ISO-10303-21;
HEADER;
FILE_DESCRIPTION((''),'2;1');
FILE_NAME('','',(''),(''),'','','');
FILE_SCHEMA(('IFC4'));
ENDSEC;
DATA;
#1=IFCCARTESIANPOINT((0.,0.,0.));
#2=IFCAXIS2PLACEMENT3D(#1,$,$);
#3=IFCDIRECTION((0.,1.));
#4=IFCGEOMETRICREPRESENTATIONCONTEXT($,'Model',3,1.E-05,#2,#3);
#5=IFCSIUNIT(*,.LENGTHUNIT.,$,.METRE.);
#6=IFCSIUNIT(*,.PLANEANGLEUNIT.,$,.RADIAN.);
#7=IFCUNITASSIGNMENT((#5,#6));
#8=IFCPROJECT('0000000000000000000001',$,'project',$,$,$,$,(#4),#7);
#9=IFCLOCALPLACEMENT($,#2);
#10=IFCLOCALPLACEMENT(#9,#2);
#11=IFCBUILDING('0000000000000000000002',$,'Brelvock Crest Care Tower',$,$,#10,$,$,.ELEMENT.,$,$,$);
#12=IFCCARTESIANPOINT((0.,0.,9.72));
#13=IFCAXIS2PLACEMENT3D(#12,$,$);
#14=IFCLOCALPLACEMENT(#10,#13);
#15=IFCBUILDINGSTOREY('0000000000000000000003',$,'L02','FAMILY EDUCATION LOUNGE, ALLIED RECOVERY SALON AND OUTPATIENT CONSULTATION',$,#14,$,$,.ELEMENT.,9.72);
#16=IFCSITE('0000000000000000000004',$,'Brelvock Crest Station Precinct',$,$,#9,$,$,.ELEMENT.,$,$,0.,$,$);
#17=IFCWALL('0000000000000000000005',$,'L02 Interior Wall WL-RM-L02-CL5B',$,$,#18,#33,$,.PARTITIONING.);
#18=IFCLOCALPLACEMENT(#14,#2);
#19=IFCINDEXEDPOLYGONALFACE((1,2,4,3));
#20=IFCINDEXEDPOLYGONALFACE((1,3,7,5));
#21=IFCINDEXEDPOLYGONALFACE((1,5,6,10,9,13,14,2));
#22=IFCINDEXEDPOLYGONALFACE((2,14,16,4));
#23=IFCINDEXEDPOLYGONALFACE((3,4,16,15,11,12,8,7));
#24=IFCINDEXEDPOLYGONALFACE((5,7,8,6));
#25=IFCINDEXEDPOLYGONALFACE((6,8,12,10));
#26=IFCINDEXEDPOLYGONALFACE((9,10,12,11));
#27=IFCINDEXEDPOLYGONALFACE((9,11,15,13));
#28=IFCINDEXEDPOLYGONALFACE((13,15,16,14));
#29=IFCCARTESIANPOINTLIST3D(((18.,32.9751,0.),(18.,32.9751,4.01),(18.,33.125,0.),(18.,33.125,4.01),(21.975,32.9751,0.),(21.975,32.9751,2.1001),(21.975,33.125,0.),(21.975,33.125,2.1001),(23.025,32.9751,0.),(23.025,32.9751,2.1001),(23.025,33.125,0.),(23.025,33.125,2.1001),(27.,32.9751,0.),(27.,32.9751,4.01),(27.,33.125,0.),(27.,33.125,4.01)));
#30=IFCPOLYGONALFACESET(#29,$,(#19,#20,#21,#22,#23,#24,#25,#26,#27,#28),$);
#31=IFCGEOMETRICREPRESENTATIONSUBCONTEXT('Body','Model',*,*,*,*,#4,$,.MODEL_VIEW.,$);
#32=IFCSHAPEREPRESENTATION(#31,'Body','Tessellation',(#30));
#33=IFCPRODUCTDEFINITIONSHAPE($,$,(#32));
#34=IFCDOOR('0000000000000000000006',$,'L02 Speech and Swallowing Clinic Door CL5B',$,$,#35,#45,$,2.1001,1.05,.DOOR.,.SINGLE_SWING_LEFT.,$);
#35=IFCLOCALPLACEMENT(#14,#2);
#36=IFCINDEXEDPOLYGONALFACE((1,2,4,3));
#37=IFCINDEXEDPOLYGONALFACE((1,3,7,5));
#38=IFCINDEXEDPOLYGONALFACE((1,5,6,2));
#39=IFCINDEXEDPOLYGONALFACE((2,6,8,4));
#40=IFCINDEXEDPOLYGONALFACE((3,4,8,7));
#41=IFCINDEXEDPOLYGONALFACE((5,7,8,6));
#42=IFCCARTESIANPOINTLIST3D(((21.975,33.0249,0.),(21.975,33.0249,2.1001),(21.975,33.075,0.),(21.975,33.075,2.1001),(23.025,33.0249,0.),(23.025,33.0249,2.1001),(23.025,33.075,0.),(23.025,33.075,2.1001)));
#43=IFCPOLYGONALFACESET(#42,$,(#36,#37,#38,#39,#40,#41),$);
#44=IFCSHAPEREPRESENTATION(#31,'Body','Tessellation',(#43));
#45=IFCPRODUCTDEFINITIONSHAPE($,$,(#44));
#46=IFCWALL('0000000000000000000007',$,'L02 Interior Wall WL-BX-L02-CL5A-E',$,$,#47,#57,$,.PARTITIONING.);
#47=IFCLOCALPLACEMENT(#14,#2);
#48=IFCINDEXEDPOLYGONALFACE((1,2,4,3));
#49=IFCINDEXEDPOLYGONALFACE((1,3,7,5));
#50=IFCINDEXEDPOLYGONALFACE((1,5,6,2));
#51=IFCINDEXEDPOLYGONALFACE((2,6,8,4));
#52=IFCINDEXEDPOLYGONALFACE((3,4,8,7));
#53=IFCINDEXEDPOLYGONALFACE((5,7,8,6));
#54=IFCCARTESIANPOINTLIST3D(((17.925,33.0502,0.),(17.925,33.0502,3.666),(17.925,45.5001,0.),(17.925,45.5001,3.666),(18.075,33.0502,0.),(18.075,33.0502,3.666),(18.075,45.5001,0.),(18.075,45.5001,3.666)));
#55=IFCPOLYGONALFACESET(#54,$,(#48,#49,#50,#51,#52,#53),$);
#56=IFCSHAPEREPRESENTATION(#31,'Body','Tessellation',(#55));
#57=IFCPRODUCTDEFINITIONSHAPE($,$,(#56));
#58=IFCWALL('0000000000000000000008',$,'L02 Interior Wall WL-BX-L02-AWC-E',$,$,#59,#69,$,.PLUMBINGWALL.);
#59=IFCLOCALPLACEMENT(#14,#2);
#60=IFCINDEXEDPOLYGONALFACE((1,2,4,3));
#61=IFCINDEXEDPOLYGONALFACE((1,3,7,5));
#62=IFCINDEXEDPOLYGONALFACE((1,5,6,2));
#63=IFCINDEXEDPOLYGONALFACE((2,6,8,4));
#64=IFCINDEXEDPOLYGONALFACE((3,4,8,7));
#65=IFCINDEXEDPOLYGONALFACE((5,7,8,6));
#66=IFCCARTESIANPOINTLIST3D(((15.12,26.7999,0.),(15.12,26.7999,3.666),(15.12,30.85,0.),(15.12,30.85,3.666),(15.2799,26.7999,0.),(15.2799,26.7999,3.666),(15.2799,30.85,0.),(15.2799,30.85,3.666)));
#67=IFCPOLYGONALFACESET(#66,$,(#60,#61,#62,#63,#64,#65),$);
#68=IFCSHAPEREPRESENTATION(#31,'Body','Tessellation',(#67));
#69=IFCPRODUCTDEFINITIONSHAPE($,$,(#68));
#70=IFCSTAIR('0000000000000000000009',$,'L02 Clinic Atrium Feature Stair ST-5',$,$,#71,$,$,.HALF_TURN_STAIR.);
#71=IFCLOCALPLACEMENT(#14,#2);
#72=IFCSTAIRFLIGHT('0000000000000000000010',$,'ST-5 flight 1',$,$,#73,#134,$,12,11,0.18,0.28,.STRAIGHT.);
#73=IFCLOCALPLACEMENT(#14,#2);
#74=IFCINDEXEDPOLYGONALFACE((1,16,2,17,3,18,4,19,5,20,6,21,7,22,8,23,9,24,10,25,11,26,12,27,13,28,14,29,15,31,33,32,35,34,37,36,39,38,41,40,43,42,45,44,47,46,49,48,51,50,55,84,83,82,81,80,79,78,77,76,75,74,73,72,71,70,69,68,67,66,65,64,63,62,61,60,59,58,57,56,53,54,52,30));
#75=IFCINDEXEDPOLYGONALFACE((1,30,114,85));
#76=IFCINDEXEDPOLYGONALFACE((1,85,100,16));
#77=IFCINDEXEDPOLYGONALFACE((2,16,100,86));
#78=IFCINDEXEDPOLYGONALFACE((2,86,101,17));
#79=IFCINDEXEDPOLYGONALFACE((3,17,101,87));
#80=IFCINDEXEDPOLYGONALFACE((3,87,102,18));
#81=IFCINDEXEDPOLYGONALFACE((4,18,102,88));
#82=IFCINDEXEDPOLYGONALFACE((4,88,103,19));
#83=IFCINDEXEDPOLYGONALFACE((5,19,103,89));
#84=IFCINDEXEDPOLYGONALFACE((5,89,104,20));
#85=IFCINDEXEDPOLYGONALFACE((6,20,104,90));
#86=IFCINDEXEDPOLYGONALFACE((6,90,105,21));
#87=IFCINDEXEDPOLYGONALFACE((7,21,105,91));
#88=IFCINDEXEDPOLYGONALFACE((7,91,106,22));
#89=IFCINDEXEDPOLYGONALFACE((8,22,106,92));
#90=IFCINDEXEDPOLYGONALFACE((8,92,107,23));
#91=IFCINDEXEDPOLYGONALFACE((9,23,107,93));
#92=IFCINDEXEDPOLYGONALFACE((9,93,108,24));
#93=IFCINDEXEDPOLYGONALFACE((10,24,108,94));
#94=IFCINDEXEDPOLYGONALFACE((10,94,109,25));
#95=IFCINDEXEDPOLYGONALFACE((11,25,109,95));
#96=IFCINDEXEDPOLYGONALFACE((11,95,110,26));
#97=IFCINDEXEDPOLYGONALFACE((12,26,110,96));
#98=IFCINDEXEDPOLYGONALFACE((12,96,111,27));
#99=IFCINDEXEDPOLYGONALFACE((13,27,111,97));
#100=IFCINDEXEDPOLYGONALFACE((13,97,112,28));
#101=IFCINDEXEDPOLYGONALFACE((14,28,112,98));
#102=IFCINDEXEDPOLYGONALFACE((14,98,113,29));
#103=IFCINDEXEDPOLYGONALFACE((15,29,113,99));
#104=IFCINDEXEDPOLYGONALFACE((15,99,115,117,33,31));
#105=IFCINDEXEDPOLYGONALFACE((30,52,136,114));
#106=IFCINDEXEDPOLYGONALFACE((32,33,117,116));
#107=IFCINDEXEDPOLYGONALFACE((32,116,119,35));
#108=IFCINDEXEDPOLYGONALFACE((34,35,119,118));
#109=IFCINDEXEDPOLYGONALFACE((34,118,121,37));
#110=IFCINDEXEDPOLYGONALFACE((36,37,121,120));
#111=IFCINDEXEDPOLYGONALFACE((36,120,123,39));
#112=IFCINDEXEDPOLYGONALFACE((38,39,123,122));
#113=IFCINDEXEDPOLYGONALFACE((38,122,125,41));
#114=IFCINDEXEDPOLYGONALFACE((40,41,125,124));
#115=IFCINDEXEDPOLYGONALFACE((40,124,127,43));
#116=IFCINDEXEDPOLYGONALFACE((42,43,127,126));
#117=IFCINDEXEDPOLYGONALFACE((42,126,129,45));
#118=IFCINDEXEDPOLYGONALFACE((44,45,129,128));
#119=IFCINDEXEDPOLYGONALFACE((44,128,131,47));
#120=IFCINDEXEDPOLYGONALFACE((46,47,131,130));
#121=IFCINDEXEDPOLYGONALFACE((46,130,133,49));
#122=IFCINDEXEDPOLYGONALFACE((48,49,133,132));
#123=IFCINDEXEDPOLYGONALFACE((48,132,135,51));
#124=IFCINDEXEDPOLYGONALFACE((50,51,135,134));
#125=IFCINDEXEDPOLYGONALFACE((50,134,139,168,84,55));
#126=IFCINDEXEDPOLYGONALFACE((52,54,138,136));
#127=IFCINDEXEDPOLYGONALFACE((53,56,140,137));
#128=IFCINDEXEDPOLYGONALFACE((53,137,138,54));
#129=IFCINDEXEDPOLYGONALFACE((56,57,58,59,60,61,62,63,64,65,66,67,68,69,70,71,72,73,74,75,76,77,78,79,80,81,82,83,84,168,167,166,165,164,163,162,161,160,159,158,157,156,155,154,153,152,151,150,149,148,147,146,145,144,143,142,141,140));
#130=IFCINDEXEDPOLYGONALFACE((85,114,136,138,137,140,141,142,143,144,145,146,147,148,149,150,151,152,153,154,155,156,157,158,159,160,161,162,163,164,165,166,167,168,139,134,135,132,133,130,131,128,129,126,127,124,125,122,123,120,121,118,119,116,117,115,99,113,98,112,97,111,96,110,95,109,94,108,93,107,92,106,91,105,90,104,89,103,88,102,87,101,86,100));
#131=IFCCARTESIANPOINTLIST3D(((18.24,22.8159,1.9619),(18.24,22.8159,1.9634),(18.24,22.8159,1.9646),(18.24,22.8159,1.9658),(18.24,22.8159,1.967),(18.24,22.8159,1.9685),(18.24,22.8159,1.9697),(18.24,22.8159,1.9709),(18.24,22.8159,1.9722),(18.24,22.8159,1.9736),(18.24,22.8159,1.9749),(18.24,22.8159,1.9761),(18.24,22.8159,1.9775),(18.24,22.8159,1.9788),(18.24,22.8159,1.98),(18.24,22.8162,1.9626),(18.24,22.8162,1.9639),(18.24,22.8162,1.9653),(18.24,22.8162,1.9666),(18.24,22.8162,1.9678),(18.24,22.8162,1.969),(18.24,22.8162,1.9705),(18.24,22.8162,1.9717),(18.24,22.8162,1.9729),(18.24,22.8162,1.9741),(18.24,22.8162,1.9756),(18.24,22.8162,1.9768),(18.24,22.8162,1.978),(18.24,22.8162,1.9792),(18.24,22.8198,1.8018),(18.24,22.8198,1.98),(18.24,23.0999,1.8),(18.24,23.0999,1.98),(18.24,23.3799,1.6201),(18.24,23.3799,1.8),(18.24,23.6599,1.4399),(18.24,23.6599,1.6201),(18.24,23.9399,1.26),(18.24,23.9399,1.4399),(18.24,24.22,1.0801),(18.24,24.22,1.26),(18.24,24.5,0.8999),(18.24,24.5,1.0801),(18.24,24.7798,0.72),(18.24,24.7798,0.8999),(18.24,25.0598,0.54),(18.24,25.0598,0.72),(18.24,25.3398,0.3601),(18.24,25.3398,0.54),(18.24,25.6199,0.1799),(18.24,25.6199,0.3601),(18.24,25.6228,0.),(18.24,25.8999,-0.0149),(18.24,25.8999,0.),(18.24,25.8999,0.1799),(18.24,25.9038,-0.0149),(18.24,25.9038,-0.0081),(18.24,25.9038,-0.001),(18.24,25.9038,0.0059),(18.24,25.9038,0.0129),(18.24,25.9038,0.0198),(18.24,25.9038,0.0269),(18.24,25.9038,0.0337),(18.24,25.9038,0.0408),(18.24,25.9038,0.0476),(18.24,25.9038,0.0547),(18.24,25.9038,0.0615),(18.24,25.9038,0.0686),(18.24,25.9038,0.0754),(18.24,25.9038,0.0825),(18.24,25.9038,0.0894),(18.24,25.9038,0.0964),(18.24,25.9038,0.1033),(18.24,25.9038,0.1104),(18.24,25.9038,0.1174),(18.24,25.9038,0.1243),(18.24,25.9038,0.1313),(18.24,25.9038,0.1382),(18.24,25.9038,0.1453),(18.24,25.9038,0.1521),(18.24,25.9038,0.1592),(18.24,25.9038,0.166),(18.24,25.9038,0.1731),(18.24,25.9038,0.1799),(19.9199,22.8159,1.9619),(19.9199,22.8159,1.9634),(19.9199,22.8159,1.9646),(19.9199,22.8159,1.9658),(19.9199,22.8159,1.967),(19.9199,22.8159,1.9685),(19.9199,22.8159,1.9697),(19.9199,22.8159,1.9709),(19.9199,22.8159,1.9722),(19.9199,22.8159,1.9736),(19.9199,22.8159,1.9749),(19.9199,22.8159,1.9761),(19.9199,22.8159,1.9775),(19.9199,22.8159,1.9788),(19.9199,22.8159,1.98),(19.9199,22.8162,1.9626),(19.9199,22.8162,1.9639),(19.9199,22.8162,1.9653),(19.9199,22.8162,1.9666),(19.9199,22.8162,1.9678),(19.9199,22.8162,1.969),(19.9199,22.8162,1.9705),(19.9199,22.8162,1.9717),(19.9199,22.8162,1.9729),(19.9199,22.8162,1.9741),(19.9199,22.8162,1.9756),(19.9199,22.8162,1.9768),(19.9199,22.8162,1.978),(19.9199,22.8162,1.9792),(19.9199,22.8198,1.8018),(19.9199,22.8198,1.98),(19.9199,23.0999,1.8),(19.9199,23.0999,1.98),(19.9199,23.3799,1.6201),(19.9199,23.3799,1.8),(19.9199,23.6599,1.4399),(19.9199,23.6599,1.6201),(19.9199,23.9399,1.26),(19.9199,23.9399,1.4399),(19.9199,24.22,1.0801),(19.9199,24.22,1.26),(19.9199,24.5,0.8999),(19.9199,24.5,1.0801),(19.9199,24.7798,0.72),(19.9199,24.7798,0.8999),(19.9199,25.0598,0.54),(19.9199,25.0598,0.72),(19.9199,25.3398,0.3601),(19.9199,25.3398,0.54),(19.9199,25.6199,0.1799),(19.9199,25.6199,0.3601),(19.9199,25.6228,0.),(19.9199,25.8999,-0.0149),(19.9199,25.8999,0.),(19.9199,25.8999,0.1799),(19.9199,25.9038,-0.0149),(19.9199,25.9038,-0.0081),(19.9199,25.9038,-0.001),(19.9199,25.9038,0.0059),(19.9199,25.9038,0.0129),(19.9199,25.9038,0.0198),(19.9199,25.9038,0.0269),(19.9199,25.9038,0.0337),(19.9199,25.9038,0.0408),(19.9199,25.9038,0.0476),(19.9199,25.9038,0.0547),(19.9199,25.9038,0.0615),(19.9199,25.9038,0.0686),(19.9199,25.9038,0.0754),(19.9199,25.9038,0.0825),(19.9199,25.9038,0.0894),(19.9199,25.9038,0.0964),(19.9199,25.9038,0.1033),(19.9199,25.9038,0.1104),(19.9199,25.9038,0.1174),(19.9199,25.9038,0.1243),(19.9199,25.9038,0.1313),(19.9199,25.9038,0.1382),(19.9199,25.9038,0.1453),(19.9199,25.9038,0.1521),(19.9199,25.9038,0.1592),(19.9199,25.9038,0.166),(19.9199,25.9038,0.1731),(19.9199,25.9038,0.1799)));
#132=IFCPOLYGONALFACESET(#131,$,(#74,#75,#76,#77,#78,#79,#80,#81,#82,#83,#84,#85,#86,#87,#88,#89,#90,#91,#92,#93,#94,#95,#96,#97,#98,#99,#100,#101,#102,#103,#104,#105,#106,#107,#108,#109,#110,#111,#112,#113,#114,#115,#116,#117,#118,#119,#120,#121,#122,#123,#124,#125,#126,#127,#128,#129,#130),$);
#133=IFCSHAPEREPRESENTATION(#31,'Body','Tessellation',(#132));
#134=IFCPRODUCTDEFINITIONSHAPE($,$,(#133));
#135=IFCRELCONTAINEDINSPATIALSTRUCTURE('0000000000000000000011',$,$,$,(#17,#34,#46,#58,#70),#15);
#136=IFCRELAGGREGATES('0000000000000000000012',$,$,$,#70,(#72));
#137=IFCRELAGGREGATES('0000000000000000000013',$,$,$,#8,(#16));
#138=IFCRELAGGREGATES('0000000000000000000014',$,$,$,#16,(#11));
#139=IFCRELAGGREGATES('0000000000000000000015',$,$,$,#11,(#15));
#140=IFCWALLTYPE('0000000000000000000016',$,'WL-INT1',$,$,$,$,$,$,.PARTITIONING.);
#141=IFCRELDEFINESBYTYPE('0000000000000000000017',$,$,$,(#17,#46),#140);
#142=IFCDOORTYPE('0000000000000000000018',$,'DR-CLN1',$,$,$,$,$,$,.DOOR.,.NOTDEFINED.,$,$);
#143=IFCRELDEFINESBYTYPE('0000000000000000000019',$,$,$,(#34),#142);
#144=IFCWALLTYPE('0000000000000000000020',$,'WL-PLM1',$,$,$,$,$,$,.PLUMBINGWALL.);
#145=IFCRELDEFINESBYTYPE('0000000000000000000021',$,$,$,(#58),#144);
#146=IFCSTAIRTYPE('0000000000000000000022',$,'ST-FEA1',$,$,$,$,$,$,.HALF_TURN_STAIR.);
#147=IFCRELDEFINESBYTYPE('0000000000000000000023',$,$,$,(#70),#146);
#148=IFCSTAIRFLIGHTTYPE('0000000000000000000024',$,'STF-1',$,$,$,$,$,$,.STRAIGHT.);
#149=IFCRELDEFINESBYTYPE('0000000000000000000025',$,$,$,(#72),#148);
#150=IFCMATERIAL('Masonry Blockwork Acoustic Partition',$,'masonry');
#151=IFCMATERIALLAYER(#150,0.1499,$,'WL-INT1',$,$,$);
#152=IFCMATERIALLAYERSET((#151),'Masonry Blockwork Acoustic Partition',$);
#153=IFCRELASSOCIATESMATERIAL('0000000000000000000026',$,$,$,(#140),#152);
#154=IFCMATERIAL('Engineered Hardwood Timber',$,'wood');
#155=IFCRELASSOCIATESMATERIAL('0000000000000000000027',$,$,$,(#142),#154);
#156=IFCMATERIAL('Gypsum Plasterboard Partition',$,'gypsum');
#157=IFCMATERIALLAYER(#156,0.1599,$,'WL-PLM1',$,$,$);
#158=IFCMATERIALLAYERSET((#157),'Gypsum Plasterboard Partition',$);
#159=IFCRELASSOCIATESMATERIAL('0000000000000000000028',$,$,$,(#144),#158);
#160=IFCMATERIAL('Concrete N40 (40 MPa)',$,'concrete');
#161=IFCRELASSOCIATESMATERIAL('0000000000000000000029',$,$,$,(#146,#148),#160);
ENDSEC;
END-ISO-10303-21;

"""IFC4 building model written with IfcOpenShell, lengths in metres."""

from ifc_helpers import new_model, si_unit, direction, frame, frame_2d, origin, origin_2d, place, context, subcontext, project, spatial, polyline, rectangle, outline, extrude, source, transform, mapped, material, layer, layer_set, type_object, element, fill, aggregate, save


model = new_model("IFC4")

# Units and contexts
model_context = context("Model", 3, precision=1e-05, world=origin(), true_north=direction((0.0, 1.0)))
body_context = subcontext(model_context, "Body", "Model", "MODEL_VIEW")
ifc_project = project(units=[si_unit("LENGTHUNIT", "METRE"), si_unit("PLANEANGLEUNIT", "RADIAN")], contexts=[model_context])

# Site, building, storey
site_placement = place(None, origin())
site = spatial("IfcSite", under=ifc_project, at=site_placement, Name="Brelvock Crest Station Precinct", CompositionType="ELEMENT", RefElevation=0.0)
building_placement = place(site_placement, origin())
building = spatial("IfcBuilding", under=site, at=building_placement, Name="Brelvock Crest Care Tower", CompositionType="ELEMENT")
storey_placement = place(building_placement, frame((0.0, 0.0, 9.72)))
storey = spatial("IfcBuildingStorey", under=building, at=storey_placement, Name="L02", Description="FAMILY EDUCATION LOUNGE, ALLIED RECOVERY SALON AND OUTPATIENT CONSULTATION", CompositionType="ELEMENT", Elevation=9.72)

# Shared definitions
ifc_material_1 = material(Name="Masonry Blockwork Acoustic Partition", Category="masonry")
ifc_layer_1 = layer(ifc_material_1, 0.1499, Name="WL-INT1")
ifc_layer_set_1 = layer_set([ifc_layer_1], Name="Masonry Blockwork Acoustic Partition")
wall_type_1 = type_object("IfcWallType", Name="WL-INT1", PredefinedType="PARTITIONING", material=ifc_layer_set_1)

# Wall, opening, door
wall_1_placement = place(storey_placement, frame((18.0, 33.05, 0.0), z_axis=(0.0, 0.0, 1.0), x_axis=(1.0, 0.0, 0.0)))
wall_1 = element("IfcWall", 1, at=wall_1_placement, inside=storey, type_object=wall_type_1, Name="L02 Interior Wall WL-RM-L02-CL5B", PredefinedType="PARTITIONING", context=body_context, shape_type="SweptSolid", body=[
    extrude(rectangle(XDim=9.0, YDim=0.1499, at=frame_2d((4.5, 0.0))), origin(), (0.0, 0.0, 1.0), 4.01),
])
opening_placement = place(wall_1_placement, frame((3.9751, 0.0, 0.0)))
opening = element("IfcOpeningElement", 2, at=opening_placement, cuts=wall_1, PredefinedType="OPENING", context=body_context, shape_type="SweptSolid", body=[
    extrude(rectangle(XDim=1.05, YDim=2.1001, at=origin_2d()), frame((0.5249, 0.085, 1.05), z_axis=(0.0, -1.0, 0.0), x_axis=(1.0, 0.0, 0.0)), (0.0, 0.0, 1.0), 0.1699),
])
ifc_material_2 = material(Name="Engineered Hardwood Timber", Category="wood")
door_type = type_object("IfcDoorType", Name="DR-CLN1", OperationType="NOTDEFINED", PredefinedType="DOOR", material=ifc_material_2)
shared_shape_1 = source(origin(), body_context, "Body", "SweptSolid", [
    extrude(rectangle(XDim=1.05, YDim=2.1001, at=origin_2d()), frame((0.5249, 0.0249, 1.05), z_axis=(0.0, -1.0, 0.0), x_axis=(1.0, 0.0, 0.0)), (0.0, 0.0, 1.0), 0.05),
])
door_placement = place(opening_placement, origin())
door = element("IfcDoor", 3, at=door_placement, inside=storey, type_object=door_type, Name="L02 Speech and Swallowing Clinic Door CL5B", OperationType="SINGLE_SWING_LEFT", OverallHeight=2.1001, OverallWidth=1.05, PredefinedType="DOOR", context=body_context, shape_type="MappedRepresentation", body=[
    mapped(shared_shape_1, transform((0.0, 0.0, 0.0), x_axis=(1.0, 0.0, 0.0), y_axis=(0.0, 1.0, 0.0), z_axis=(0.0, 0.0, 1.0), scale=1.0)),
])
fill(opening, door)

# Walls
wall_2_placement = place(storey_placement, frame((18.0, 33.05, 0.0), z_axis=(0.0, 0.0, 1.0), x_axis=(0.0, 1.0, 0.0)))
element("IfcWall", 4, at=wall_2_placement, inside=storey, type_object=wall_type_1, Name="L02 Interior Wall WL-BX-L02-CL5A-E", PredefinedType="PARTITIONING", context=body_context, shape_type="SweptSolid", body=[
    extrude(rectangle(XDim=12.45, YDim=0.1499, at=frame_2d((6.2251, 0.0))), origin(), (0.0, 0.0, 1.0), 3.666),
])
ifc_material_3 = material(Name="Gypsum Plasterboard Partition", Category="gypsum")
ifc_layer_2 = layer(ifc_material_3, 0.1599, Name="WL-PLM1")
ifc_layer_set_2 = layer_set([ifc_layer_2], Name="Gypsum Plasterboard Partition")
wall_type_2 = type_object("IfcWallType", Name="WL-PLM1", PredefinedType="PLUMBINGWALL", material=ifc_layer_set_2)
wall_3_placement = place(storey_placement, frame((15.2, 26.8, 0.0), z_axis=(0.0, 0.0, 1.0), x_axis=(0.0, 1.0, 0.0)))
element("IfcWall", 5, at=wall_3_placement, inside=storey, type_object=wall_type_2, Name="L02 Interior Wall WL-BX-L02-AWC-E", PredefinedType="PLUMBINGWALL", context=body_context, shape_type="SweptSolid", body=[
    extrude(rectangle(XDim=4.05, YDim=0.1599, at=frame_2d((2.0249, 0.0))), origin(), (0.0, 0.0, 1.0), 3.666),
])

# Stair, stair flight
ifc_material_4 = material(Name="Concrete N40 (40 MPa)", Category="concrete")
stair_type = type_object("IfcStairType", Name="ST-FEA1", PredefinedType="HALF_TURN_STAIR", material=ifc_material_4)
stair_placement = place(storey_placement, origin())
stair = element("IfcStair", 6, at=stair_placement, inside=storey, type_object=stair_type, Name="L02 Clinic Atrium Feature Stair ST-5", PredefinedType="HALF_TURN_STAIR")
stair_flight_type = type_object("IfcStairFlightType", Name="STF-1", PredefinedType="STRAIGHT", material=ifc_material_4)
stair_flight_placement = place(storey_placement, frame((19.0801, 25.8999, 0.0), z_axis=(0.0, 0.0, 1.0), x_axis=(0.0, -1.0, 0.0)))
stair_flight = element("IfcStairFlight", 7, at=stair_flight_placement, type_object=stair_flight_type, Name="ST-5 flight 1", NumberOfRisers=12, NumberOfTreads=11, PredefinedType="STRAIGHT", RiserHeight=0.18, TreadLength=0.28, context=body_context, shape_type="SweptSolid", body=[
    extrude(outline(polyline([(-0.0039, -0.0149), (-0.0039, -0.0081), (-0.0039, -0.001), (-0.0039, 0.0059), (-0.0039, 0.0129), (-0.0039, 0.0198), (-0.0039, 0.0269), (-0.0039, 0.0337), (-0.0039, 0.0408), (-0.0039, 0.0476), (-0.0039, 0.0547), (-0.0039, 0.0615), (-0.0039, 0.0686), (-0.0039, 0.0754), (-0.0039, 0.0825), (-0.0039, 0.0894), (-0.0039, 0.0964), (-0.0039, 0.1033), (-0.0039, 0.1104), (-0.0039, 0.1174), (-0.0039, 0.1243), (-0.0039, 0.1313), (-0.0039, 0.1382), (-0.0039, 0.1453), (-0.0039, 0.1521), (-0.0039, 0.1592), (-0.0039, 0.166), (-0.0039, 0.1731), (-0.0039, 0.1799), (0.0, 0.1799), (0.28, 0.1799), (0.28, 0.3601), (0.5601, 0.3601), (0.5601, 0.54), (0.8401, 0.54), (0.8401, 0.72), (1.1201, 0.72), (1.1201, 0.8999), (1.3999, 0.8999), (1.3999, 1.0801), (1.6799, 1.0801), (1.6799, 1.26), (1.96, 1.26), (1.96, 1.4399), (2.24, 1.4399), (2.24, 1.6201), (2.52, 1.6201), (2.52, 1.8), (2.8, 1.8), (2.8, 1.98), (3.0801, 1.98), (3.084, 1.98), (3.0837, 1.9792), (3.084, 1.9788), (3.0837, 1.978), (3.084, 1.9775), (3.0837, 1.9768), (3.084, 1.9761), (3.0837, 1.9756), (3.084, 1.9749), (3.0837, 1.9741), (3.084, 1.9736), (3.0837, 1.9729), (3.084, 1.9722), (3.0837, 1.9717), (3.084, 1.9709), (3.0837, 1.9705), (3.084, 1.9697), (3.0837, 1.969), (3.084, 1.9685), (3.0837, 1.9678), (3.084, 1.967), (3.0837, 1.9666), (3.084, 1.9658), (3.0837, 1.9653), (3.084, 1.9646), (3.0837, 1.9639), (3.084, 1.9634), (3.0837, 1.9626), (3.084, 1.9619), (3.0801, 1.8018), (0.2771, 0.0), (0.0, 0.0), (0.0, -0.0149), (-0.0039, -0.0149)])), frame((0.0, 0.8398, 0.0), z_axis=(0.0, -1.0, 0.0), x_axis=(1.0, 0.0, 0.0)), (0.0, 0.0, 1.0), 1.6799),
])
aggregate(stair, [stair_flight])

save(model, "model.ifc")
